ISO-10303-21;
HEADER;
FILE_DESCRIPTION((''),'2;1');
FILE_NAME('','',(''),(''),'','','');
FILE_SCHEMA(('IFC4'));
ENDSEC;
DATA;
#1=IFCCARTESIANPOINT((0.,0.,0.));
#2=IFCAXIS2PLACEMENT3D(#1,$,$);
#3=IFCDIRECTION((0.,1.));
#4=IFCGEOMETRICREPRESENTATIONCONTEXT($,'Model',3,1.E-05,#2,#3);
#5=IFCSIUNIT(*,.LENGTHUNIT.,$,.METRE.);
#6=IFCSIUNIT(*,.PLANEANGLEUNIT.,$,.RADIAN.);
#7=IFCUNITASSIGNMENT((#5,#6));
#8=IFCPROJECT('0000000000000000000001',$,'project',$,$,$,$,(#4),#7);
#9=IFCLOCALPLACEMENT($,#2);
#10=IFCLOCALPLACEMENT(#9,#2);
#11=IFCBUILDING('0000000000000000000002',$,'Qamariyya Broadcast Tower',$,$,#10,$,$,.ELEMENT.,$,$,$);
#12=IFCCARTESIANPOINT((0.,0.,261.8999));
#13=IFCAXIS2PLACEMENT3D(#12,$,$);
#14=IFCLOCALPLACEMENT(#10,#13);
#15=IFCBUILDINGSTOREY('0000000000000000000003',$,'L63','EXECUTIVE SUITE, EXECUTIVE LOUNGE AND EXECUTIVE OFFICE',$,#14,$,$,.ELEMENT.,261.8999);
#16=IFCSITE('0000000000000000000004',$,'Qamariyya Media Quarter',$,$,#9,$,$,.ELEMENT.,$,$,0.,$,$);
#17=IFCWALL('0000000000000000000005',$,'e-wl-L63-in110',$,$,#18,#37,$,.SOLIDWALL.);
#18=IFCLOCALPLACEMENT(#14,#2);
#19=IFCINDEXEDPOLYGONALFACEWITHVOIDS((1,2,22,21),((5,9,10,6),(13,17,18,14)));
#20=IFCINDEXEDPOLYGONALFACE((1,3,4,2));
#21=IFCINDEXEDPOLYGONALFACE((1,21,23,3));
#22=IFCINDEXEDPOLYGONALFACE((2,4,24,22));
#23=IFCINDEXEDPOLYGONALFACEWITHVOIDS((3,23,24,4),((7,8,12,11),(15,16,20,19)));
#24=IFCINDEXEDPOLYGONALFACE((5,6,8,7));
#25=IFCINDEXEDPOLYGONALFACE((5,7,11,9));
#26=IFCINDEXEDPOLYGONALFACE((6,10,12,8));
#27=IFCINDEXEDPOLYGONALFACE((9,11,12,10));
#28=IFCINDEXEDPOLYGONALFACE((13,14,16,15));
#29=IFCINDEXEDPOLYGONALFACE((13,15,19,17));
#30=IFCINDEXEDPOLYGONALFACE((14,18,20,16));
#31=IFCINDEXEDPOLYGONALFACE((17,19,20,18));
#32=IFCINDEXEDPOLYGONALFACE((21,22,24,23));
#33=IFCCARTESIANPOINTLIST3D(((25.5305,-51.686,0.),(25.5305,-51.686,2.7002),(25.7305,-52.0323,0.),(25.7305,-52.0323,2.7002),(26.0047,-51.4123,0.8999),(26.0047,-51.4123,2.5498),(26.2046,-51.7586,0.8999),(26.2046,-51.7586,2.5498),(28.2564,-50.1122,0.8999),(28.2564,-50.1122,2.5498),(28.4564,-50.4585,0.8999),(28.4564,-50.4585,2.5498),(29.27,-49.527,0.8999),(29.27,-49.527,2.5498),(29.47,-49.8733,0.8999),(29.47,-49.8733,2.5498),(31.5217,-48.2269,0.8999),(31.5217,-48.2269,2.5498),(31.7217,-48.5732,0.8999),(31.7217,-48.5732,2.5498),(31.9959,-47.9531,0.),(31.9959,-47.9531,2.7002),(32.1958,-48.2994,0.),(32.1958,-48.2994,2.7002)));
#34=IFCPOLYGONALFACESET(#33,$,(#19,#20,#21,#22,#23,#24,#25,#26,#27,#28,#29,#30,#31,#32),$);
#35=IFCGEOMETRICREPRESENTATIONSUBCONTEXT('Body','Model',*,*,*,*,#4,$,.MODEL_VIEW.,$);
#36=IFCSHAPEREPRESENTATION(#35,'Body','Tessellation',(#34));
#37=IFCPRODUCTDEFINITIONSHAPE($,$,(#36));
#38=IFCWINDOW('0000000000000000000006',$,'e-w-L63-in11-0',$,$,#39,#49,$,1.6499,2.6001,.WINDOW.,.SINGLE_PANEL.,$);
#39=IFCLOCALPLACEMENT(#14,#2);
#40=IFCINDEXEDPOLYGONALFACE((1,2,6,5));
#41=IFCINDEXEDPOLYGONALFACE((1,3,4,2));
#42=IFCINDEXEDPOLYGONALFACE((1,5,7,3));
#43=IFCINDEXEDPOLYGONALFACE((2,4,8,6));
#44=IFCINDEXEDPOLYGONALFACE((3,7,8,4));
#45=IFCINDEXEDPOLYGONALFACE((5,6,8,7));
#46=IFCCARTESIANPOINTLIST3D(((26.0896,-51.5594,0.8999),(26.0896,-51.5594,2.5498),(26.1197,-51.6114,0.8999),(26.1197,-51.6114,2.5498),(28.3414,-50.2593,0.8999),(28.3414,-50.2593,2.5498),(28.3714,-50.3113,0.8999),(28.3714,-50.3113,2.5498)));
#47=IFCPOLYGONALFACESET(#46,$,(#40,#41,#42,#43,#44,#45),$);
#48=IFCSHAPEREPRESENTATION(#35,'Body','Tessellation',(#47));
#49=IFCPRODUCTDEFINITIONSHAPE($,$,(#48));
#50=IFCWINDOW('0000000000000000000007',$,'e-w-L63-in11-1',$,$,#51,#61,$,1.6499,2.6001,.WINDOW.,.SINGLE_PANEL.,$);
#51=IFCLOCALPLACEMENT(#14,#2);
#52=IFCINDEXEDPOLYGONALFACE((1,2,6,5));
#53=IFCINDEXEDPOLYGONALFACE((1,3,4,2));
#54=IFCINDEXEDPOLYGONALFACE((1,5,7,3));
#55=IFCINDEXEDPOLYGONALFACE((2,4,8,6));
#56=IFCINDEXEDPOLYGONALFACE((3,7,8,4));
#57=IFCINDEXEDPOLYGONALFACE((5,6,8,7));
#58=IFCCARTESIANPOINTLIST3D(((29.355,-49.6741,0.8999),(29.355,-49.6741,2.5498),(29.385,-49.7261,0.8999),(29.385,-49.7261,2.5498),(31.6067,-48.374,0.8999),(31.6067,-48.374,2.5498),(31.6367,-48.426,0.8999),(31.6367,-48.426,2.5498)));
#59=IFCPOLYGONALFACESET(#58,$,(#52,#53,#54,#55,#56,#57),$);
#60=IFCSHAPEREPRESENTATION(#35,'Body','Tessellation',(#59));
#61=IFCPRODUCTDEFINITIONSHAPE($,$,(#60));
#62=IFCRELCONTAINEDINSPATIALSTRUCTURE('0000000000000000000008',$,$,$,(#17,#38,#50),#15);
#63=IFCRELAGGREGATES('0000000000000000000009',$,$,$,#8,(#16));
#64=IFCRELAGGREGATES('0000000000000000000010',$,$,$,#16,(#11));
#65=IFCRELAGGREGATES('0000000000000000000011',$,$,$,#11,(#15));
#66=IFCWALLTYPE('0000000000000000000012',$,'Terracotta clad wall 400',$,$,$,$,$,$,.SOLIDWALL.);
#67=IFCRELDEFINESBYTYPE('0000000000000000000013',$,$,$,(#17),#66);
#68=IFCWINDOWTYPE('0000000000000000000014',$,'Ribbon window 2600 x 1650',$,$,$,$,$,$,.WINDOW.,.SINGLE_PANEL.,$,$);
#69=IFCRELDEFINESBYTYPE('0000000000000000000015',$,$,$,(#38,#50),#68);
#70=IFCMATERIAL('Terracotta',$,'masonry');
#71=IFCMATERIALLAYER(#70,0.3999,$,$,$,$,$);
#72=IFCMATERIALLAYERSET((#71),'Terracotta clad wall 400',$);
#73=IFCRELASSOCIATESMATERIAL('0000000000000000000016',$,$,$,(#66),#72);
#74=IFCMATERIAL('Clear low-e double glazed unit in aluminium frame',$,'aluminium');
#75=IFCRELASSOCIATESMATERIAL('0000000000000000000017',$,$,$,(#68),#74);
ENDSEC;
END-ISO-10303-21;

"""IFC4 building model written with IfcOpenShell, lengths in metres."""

from ifc_helpers import new_model, si_unit, direction, frame, frame_2d, origin, place, context, subcontext, project, spatial, rectangle, extrude, material, layer, layer_set, type_object, element, fill, save


model = new_model("IFC4")

# Units and contexts
model_context = context("Model", 3, precision=1e-05, world=origin(), true_north=direction((0.0, 1.0)))
body_context = subcontext(model_context, "Body", "Model", "MODEL_VIEW")
ifc_project = project(units=[si_unit("LENGTHUNIT", "METRE"), si_unit("PLANEANGLEUNIT", "RADIAN")], contexts=[model_context])

# Site, building, storey
site_placement = place(None, origin())
site = spatial("IfcSite", under=ifc_project, at=site_placement, Name="Qamariyya Media Quarter", CompositionType="ELEMENT", RefElevation=0.0)
building_placement = place(site_placement, origin())
building = spatial("IfcBuilding", under=site, at=building_placement, Name="Qamariyya Broadcast Tower", CompositionType="ELEMENT")
storey_placement = place(building_placement, frame((0.0, 0.0, 261.8999)))
storey = spatial("IfcBuildingStorey", under=building, at=storey_placement, Name="L63", Description="EXECUTIVE SUITE, EXECUTIVE LOUNGE AND EXECUTIVE OFFICE", CompositionType="ELEMENT", Elevation=261.8999)

# Wall, openings, windows
ifc_material_1 = material(Name="Terracotta", Category="masonry")
ifc_layer = layer(ifc_material_1, 0.3999)
ifc_layer_set = layer_set([ifc_layer], Name="Terracotta clad wall 400")
wall_type = type_object("IfcWallType", Name="Terracotta clad wall 400", PredefinedType="SOLIDWALL", material=ifc_layer_set)
wall_placement = place(storey_placement, frame((32.0959, -48.1262, 0.0), z_axis=(0.0, 0.0, 1.0), x_axis=(-0.866017, -0.500015, 0.0)))
wall = element("IfcWall", 1, at=wall_placement, inside=storey, type_object=wall_type, Name="e-wl-L63-in110", PredefinedType="SOLIDWALL", context=body_context, shape_type="SweptSolid", body=[
    extrude(rectangle(XDim=7.4656, YDim=0.3999, at=frame_2d((3.7329, 0.0))), origin(), (0.0, 0.0, 1.0), 2.7002),
])
opening_1_placement = place(wall_placement, frame((4.3181, 0.0, 0.8999)))
opening_1 = element("IfcOpeningElement", 2, at=opening_1_placement, cuts=wall, PredefinedType="OPENING", context=body_context, shape_type="SweptSolid", body=[
    extrude(rectangle(XDim=2.6001, YDim=1.6499, at=frame_2d((1.3, 0.825))), frame((0.0, 0.21, 0.0), z_axis=(0.0, -1.0, 0.0), x_axis=(1.0, 0.0, 0.0)), (0.0, 0.0, 1.0), 0.4199),
])
opening_2_placement = place(wall_placement, frame((0.5476, 0.0, 0.8999)))
opening_2 = element("IfcOpeningElement", 3, at=opening_2_placement, cuts=wall, PredefinedType="OPENING", context=body_context, shape_type="SweptSolid", body=[
    extrude(rectangle(XDim=2.6001, YDim=1.6499, at=frame_2d((1.3, 0.825))), frame((0.0, 0.21, 0.0), z_axis=(0.0, -1.0, 0.0), x_axis=(1.0, 0.0, 0.0)), (0.0, 0.0, 1.0), 0.4199),
])
ifc_material_2 = material(Name="Clear low-e double glazed unit in aluminium frame", Category="aluminium")
window_type = type_object("IfcWindowType", Name="Ribbon window 2600 x 1650", PartitioningType="SINGLE_PANEL", PredefinedType="WINDOW", material=ifc_material_2)
window_1_placement = place(opening_1_placement, origin())
window_1 = element("IfcWindow", 4, at=window_1_placement, inside=storey, type_object=window_type, Name="e-w-L63-in11-0", OverallHeight=1.6499, OverallWidth=2.6001, PartitioningType="SINGLE_PANEL", PredefinedType="WINDOW", context=body_context, shape_type="SweptSolid", body=[
    extrude(rectangle(XDim=2.6001, YDim=1.6499, at=frame_2d((1.3, 0.825))), frame((0.0, 0.03, 0.0), z_axis=(0.0, -1.0, 0.0), x_axis=(1.0, 0.0, 0.0)), (0.0, 0.0, 1.0), 0.0601),
])
fill(opening_1, window_1)
window_2_placement = place(opening_2_placement, origin())
window_2 = element("IfcWindow", 5, at=window_2_placement, inside=storey, type_object=window_type, Name="e-w-L63-in11-1", OverallHeight=1.6499, OverallWidth=2.6001, PartitioningType="SINGLE_PANEL", PredefinedType="WINDOW", context=body_context, shape_type="SweptSolid", body=[
    extrude(rectangle(XDim=2.6001, YDim=1.6499, at=frame_2d((1.3, 0.825))), frame((0.0, 0.03, 0.0), z_axis=(0.0, -1.0, 0.0), x_axis=(1.0, 0.0, 0.0)), (0.0, 0.0, 1.0), 0.0601),
])
fill(opening_2, window_2)

save(model, "model.ifc")
